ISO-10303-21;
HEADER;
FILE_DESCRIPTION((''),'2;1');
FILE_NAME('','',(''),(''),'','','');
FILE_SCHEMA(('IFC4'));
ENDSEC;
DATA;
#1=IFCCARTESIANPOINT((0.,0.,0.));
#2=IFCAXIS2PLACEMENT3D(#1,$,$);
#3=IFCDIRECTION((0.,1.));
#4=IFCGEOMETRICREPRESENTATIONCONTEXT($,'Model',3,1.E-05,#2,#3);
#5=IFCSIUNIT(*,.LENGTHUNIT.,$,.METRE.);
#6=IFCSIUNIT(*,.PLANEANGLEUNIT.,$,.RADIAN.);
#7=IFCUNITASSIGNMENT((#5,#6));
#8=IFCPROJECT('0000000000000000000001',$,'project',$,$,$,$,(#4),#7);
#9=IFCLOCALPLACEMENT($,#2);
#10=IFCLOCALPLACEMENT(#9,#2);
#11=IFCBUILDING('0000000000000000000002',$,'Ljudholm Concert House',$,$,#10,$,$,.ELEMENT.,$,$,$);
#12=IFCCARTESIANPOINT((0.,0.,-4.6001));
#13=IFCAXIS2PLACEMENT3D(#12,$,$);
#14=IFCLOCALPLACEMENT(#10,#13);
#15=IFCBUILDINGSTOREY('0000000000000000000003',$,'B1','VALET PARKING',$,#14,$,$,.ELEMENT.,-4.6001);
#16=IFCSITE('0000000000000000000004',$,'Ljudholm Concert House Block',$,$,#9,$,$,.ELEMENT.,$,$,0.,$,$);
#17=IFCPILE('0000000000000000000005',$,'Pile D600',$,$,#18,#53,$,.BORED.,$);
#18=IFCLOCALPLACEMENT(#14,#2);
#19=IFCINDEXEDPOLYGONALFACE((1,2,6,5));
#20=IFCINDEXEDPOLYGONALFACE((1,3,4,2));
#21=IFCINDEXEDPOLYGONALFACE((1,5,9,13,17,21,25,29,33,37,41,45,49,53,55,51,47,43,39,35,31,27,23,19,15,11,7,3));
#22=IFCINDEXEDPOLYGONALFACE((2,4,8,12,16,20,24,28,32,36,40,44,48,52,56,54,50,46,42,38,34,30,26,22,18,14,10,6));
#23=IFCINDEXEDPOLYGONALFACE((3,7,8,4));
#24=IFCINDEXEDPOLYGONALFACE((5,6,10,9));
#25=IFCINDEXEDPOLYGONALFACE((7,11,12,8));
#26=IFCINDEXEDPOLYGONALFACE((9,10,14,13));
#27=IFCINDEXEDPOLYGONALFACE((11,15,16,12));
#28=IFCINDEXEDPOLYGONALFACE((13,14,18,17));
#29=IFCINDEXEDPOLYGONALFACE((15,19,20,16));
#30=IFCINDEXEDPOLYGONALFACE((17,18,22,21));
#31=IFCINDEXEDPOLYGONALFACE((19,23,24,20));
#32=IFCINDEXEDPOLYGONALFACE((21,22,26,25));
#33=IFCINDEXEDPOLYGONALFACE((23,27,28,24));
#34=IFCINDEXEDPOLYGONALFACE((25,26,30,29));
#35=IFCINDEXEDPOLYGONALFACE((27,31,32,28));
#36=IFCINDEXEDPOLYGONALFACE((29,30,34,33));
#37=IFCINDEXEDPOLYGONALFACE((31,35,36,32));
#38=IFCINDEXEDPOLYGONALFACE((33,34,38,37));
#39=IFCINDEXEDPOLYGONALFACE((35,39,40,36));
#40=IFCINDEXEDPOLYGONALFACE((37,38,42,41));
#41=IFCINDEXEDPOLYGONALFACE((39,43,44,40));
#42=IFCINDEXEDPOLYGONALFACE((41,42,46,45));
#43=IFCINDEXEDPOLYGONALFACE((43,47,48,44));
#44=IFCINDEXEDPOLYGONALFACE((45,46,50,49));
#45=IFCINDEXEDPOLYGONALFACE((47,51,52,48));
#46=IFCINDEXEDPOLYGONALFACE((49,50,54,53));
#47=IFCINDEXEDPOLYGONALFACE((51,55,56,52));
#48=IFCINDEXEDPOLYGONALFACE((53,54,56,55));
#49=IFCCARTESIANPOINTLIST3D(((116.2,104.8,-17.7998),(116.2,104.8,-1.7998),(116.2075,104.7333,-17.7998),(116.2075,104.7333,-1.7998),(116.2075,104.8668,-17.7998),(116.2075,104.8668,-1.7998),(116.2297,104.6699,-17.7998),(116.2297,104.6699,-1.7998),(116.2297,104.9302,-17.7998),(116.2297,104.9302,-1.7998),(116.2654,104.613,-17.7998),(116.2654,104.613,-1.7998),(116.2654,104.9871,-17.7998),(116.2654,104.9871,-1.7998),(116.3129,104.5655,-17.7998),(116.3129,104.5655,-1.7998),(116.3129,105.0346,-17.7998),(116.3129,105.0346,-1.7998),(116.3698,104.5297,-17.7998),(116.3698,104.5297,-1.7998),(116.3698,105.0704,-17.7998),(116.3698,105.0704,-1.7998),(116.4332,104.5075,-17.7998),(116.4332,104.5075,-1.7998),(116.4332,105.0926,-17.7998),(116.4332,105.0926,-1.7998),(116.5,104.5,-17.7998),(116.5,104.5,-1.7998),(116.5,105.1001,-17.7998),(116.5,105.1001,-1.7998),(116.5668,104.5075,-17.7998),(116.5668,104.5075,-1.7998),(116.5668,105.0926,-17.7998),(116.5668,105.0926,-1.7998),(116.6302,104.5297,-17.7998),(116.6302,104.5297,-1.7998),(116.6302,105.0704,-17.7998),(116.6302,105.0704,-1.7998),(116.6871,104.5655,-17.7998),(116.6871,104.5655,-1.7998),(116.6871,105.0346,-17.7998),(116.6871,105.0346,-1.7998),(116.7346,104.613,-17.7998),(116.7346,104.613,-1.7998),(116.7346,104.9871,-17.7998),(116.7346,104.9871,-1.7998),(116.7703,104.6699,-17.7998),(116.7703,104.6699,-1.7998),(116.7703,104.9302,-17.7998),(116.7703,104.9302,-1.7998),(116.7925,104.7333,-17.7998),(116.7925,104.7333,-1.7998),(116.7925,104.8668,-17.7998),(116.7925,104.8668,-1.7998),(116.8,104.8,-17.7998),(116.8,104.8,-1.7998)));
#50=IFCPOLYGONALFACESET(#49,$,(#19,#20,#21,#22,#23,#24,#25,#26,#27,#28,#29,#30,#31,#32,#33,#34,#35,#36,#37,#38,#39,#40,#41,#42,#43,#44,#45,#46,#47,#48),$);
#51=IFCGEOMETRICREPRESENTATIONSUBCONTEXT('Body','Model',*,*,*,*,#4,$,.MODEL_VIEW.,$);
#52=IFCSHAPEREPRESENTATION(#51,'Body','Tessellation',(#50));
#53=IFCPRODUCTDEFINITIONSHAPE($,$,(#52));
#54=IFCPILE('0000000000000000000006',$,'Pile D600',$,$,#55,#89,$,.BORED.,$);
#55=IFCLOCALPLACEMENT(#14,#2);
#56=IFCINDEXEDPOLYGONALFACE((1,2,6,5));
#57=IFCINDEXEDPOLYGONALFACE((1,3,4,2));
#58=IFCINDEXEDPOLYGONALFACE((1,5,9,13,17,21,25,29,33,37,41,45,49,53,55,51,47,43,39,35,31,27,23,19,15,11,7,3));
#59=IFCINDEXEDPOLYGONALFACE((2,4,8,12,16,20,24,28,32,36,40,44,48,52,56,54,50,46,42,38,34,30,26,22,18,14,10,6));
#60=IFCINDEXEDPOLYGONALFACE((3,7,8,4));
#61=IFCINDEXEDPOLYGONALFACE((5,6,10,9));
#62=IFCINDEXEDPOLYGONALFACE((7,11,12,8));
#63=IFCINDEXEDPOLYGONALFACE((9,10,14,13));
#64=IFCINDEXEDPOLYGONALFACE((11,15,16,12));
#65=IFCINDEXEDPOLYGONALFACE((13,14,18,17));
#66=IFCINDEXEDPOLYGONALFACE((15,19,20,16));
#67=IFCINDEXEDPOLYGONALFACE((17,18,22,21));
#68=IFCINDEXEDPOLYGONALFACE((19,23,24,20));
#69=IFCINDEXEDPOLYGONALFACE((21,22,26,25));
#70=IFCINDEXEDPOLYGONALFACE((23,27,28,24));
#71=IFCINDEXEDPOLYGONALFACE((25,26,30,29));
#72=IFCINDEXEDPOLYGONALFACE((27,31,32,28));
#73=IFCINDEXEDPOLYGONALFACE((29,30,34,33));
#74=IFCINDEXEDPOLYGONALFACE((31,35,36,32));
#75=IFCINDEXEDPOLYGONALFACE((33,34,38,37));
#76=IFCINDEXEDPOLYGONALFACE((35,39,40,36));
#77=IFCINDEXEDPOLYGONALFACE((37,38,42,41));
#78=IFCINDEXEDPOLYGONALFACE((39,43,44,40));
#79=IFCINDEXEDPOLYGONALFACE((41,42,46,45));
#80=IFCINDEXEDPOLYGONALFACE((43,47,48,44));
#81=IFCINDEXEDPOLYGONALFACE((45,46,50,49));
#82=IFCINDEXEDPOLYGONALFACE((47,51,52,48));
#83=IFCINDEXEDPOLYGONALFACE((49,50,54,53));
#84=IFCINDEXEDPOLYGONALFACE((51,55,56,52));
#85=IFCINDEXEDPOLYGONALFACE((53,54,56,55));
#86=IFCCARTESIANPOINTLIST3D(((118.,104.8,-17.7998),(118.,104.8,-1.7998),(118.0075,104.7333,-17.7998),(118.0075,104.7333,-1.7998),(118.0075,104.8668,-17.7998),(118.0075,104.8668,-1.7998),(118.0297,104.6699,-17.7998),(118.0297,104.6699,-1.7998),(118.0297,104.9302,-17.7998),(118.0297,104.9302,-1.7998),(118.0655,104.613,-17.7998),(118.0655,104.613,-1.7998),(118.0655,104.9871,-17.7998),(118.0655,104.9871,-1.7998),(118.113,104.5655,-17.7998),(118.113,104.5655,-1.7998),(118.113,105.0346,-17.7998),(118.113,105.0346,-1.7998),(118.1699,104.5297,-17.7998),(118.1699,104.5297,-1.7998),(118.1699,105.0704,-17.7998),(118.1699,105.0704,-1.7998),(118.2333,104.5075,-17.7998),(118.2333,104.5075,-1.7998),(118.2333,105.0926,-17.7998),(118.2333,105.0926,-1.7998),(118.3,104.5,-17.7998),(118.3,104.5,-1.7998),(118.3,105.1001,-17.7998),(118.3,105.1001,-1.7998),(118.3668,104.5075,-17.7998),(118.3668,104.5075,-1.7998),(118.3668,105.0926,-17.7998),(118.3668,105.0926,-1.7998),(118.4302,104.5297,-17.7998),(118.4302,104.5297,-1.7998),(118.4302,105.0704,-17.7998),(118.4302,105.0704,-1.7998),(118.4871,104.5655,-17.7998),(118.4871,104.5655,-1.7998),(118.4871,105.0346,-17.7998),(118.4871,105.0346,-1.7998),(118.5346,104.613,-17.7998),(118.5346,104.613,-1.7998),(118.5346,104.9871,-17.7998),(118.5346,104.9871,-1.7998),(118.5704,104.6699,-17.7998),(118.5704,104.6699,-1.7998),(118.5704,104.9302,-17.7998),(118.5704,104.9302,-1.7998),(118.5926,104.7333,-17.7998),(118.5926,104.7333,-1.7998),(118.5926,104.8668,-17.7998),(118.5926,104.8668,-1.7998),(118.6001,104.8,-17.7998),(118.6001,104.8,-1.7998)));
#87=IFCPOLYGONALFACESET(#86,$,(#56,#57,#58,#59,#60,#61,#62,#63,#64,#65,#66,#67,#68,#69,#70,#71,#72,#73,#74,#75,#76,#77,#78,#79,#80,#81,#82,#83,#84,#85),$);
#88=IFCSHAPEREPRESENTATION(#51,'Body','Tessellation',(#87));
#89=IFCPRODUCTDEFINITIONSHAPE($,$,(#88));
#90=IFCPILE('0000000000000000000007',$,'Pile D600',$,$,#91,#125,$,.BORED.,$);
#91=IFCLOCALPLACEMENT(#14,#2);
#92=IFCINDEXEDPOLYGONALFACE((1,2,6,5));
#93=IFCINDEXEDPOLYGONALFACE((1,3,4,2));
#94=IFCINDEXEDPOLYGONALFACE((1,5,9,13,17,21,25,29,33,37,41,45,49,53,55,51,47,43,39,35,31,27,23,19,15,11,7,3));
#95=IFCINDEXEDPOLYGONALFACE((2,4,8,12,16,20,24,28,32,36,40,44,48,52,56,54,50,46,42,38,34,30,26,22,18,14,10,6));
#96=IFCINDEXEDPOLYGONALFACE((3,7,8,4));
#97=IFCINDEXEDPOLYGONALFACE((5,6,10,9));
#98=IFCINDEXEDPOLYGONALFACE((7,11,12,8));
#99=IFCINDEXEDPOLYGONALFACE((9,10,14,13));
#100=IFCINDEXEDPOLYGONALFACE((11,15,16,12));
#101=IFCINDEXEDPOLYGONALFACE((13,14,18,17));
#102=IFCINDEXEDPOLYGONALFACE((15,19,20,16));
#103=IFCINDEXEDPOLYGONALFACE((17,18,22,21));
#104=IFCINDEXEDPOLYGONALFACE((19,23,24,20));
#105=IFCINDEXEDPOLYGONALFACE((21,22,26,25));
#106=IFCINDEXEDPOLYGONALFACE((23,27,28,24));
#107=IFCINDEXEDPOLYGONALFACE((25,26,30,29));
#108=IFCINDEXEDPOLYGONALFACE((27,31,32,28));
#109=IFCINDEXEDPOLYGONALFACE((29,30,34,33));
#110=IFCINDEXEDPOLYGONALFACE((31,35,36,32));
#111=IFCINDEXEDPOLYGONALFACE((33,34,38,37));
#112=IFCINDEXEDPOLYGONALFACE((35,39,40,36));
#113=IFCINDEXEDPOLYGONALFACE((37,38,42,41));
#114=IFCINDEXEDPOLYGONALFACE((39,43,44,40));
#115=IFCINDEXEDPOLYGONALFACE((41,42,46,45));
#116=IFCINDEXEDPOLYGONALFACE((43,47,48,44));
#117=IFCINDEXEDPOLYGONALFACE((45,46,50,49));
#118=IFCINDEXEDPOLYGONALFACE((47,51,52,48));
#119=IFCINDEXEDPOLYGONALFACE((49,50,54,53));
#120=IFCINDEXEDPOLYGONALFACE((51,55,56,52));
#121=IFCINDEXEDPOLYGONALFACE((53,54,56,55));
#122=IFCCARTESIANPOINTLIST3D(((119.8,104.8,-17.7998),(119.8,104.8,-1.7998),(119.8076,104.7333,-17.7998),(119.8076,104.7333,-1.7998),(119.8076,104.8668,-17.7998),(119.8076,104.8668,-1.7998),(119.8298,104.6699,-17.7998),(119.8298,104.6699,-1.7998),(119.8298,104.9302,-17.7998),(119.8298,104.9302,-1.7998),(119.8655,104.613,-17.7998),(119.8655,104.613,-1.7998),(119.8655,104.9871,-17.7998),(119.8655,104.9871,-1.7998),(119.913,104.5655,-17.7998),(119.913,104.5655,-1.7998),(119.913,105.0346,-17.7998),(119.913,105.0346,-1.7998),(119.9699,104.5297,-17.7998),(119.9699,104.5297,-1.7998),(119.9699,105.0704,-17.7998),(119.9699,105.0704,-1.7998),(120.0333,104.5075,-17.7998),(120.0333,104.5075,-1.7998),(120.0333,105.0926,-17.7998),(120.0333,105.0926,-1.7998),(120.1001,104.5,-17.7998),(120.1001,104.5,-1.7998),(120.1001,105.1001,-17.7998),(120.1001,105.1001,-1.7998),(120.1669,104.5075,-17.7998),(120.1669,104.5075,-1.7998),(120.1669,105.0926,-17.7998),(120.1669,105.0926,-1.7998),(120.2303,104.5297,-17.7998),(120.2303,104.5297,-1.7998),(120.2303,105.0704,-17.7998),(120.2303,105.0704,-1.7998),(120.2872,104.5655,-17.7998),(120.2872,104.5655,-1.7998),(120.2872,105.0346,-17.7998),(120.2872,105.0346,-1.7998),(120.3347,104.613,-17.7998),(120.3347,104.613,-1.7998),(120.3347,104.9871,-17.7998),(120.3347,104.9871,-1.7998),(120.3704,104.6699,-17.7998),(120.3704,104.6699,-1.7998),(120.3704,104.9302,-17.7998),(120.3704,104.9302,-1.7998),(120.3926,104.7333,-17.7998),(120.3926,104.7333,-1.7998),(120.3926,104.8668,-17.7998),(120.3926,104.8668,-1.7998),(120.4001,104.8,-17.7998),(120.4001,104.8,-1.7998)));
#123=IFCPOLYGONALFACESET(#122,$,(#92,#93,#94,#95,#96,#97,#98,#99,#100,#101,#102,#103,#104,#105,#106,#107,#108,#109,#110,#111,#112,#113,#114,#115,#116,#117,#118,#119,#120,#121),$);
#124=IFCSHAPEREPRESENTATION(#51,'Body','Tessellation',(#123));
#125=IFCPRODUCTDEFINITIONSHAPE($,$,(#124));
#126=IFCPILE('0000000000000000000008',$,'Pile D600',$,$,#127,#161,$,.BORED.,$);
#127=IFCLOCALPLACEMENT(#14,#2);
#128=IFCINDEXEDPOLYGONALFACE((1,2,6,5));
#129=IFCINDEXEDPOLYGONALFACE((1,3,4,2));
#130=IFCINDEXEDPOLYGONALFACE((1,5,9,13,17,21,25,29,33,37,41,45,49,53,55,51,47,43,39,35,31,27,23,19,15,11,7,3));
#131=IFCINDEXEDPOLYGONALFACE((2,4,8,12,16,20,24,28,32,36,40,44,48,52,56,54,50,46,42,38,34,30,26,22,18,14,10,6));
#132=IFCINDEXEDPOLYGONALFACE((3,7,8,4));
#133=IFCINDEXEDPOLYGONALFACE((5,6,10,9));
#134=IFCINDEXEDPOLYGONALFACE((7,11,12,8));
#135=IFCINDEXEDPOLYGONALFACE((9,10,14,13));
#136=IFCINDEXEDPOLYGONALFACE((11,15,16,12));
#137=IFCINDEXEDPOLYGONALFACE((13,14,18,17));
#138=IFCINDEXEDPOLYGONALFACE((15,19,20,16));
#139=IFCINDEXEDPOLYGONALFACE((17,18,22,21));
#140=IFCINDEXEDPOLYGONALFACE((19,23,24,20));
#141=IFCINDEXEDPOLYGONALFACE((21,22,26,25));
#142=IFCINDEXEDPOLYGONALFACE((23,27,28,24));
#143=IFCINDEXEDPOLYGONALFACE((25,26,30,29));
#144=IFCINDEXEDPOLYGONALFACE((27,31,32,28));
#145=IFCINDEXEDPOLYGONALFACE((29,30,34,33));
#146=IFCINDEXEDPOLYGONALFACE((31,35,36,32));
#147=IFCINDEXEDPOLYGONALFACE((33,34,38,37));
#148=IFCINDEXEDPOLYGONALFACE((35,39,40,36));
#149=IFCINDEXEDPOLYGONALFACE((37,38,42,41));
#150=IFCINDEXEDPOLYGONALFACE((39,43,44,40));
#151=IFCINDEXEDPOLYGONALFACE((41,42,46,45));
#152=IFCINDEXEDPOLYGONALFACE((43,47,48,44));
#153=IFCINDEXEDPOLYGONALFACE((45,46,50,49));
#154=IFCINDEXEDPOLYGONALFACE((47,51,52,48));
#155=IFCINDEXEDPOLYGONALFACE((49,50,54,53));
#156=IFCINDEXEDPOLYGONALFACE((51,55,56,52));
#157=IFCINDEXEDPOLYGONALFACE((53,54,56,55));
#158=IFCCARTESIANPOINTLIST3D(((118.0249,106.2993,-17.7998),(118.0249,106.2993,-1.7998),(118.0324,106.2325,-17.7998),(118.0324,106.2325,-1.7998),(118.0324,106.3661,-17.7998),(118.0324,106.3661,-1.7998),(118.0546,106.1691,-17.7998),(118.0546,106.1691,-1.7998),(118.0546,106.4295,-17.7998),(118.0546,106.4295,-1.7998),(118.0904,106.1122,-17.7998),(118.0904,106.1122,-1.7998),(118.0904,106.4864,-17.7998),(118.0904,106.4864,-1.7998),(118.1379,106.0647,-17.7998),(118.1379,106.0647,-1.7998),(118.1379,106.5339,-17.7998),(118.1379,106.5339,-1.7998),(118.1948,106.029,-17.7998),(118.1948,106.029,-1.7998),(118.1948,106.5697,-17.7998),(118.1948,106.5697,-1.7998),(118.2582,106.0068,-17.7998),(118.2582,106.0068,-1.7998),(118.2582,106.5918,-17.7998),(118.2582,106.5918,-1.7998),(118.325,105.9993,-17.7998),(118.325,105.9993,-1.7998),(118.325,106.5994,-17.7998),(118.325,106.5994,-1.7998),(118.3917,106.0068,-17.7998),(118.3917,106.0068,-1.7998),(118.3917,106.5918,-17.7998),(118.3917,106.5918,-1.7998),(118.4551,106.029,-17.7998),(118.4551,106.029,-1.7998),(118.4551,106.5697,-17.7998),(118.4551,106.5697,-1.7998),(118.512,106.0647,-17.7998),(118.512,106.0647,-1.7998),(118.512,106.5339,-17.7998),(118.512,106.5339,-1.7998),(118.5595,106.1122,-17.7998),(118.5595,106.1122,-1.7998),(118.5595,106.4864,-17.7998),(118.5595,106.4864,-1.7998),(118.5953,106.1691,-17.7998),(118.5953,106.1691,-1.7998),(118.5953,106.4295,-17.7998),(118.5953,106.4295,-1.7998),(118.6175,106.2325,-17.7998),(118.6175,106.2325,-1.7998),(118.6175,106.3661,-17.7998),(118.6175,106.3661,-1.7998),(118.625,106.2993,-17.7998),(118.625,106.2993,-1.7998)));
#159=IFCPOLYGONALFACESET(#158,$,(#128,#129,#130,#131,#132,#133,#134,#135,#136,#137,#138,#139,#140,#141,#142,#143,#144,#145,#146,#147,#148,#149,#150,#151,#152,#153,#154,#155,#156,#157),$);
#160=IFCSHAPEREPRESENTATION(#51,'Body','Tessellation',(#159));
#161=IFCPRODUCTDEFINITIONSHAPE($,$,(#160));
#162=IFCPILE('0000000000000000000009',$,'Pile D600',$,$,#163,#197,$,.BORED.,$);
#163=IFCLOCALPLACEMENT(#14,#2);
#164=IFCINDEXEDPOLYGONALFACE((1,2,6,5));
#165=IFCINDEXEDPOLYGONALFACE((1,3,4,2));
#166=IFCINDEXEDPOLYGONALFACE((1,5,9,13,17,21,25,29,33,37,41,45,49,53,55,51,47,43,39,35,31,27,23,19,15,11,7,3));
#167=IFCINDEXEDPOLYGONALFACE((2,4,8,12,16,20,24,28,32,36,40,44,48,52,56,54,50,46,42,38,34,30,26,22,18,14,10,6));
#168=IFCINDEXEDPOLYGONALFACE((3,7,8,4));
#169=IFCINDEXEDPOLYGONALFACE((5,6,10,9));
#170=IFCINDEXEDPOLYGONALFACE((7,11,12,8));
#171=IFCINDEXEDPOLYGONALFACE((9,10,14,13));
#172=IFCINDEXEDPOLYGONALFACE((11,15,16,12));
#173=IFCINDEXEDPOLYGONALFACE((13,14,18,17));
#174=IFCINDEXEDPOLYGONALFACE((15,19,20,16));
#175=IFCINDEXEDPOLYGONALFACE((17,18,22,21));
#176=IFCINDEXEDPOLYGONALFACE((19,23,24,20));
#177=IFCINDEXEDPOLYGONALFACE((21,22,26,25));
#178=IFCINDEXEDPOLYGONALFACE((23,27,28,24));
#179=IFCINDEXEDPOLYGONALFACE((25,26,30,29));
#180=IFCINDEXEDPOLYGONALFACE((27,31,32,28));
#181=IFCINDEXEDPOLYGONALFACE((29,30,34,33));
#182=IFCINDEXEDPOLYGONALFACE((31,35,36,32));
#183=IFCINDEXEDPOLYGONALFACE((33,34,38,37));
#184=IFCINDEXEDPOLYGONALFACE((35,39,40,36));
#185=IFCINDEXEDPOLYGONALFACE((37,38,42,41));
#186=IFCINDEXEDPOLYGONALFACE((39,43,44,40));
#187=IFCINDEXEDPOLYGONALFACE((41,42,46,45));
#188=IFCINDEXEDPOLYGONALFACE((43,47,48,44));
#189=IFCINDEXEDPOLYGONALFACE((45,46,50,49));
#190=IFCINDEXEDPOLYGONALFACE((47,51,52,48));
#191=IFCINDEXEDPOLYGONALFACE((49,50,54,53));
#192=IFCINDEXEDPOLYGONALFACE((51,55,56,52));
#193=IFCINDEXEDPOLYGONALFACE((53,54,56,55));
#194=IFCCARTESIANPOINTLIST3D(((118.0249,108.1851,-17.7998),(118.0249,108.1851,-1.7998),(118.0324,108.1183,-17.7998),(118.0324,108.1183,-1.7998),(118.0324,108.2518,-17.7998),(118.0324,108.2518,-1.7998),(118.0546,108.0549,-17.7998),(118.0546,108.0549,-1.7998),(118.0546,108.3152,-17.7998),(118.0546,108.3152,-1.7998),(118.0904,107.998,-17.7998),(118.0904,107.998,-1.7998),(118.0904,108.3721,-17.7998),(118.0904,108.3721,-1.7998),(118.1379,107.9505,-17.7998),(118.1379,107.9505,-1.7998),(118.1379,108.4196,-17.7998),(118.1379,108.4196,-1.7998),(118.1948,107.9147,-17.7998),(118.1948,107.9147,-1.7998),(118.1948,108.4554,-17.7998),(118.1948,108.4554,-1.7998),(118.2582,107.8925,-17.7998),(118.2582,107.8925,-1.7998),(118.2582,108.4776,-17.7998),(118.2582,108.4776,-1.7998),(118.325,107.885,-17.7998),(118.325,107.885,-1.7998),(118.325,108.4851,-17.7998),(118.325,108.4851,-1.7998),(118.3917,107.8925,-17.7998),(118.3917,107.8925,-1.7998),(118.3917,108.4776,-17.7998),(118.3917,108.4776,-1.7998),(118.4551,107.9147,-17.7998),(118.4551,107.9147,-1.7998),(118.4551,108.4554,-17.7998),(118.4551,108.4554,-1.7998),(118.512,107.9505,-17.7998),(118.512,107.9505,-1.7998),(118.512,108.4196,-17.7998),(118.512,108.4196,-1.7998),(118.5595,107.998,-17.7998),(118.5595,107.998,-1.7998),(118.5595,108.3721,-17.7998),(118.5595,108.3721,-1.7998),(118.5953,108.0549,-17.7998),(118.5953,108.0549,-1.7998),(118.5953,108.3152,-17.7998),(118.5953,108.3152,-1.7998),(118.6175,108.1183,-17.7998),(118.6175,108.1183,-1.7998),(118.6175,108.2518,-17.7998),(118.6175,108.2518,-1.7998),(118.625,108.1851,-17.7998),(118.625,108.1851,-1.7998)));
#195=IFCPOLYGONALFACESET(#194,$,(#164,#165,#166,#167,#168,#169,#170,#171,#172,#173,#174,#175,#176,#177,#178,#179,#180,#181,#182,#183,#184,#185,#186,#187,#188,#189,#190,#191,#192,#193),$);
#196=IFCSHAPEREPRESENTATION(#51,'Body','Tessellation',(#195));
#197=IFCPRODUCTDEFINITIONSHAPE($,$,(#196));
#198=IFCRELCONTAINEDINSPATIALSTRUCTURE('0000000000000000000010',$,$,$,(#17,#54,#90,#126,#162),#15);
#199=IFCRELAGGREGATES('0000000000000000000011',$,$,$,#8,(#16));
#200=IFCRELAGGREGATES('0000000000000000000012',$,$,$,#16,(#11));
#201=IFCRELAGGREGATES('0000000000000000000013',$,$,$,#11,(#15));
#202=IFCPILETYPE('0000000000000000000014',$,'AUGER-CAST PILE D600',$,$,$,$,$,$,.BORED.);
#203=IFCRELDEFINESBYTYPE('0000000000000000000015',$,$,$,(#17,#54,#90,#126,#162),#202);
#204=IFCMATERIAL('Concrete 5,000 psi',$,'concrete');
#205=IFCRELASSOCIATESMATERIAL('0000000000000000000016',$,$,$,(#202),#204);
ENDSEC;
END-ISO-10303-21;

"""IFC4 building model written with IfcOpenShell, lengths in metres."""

from ifc_helpers import new_model, si_unit, direction, frame, origin, origin_2d, place, context, subcontext, project, spatial, circle, extrude, material, material_profile, profile_set, type_object, element, save


model = new_model("IFC4")

# Units and contexts
model_context = context("Model", 3, precision=1e-05, world=origin(), true_north=direction((0.0, 1.0)))
body_context = subcontext(model_context, "Body", "Model", "MODEL_VIEW")
ifc_project = project(units=[si_unit("LENGTHUNIT", "METRE"), si_unit("PLANEANGLEUNIT", "RADIAN")], contexts=[model_context])

# Site, building, storey
site_placement = place(None, origin())
site = spatial("IfcSite", under=ifc_project, at=site_placement, Name="Ljudholm Concert House Block", CompositionType="ELEMENT", RefElevation=0.0)
building_placement = place(site_placement, origin())
building = spatial("IfcBuilding", under=site, at=building_placement, Name="Ljudholm Concert House", CompositionType="ELEMENT")
storey_placement = place(building_placement, frame((0.0, 0.0, -4.6001)))
storey = spatial("IfcBuildingStorey", under=building, at=storey_placement, Name="B1", Description="VALET PARKING", CompositionType="ELEMENT", Elevation=-4.6001)

# Piles
ifc_material_1 = material(Name="Concrete 5,000 psi", Category="concrete")
ifc_material_profile_1 = material_profile(ifc_material_1, circle(Radius=0.3, at=origin_2d()), Name="AUGER-CAST PILE D600")
ifc_profile_set_1 = profile_set([ifc_material_profile_1], Name="Concrete 5,000 psi")
pile_type = type_object("IfcPileType", Name="AUGER-CAST PILE D600", PredefinedType="BORED", material=ifc_profile_set_1)
for number, where, z_axis, x_axis, name in (
    (1, (116.5, 104.8, -1.7998), (0.0, 0.0, -1.0), (1.0, 0.0, 0.0), "Pile D600"),
    (2, (118.3, 104.8, -1.7998), (0.0, 0.0, -1.0), (1.0, 0.0, 0.0), "Pile D600"),
    (3, (120.1001, 104.8, -1.7998), (0.0, 0.0, -1.0), (1.0, 0.0, 0.0), "Pile D600"),
    (4, (118.325, 106.2993, -1.7998), (0.0, 0.0, -1.0), (1.0, 0.0, 0.0), "Pile D600"),
    (5, (118.325, 108.1851, -1.7998), (0.0, 0.0, -1.0), (1.0, 0.0, 0.0), "Pile D600"),
):
    element("IfcPile", number, at=place(storey_placement, frame(where, z_axis=z_axis, x_axis=x_axis)), inside=storey, type_object=pile_type, Name=name, PredefinedType="BORED", context=body_context, shape_type="SweptSolid", body=[
        extrude(circle(Radius=0.3, at=origin_2d()), origin(), (0.0, 0.0, 1.0), 16.0),
    ])

save(model, "model.ifc")
